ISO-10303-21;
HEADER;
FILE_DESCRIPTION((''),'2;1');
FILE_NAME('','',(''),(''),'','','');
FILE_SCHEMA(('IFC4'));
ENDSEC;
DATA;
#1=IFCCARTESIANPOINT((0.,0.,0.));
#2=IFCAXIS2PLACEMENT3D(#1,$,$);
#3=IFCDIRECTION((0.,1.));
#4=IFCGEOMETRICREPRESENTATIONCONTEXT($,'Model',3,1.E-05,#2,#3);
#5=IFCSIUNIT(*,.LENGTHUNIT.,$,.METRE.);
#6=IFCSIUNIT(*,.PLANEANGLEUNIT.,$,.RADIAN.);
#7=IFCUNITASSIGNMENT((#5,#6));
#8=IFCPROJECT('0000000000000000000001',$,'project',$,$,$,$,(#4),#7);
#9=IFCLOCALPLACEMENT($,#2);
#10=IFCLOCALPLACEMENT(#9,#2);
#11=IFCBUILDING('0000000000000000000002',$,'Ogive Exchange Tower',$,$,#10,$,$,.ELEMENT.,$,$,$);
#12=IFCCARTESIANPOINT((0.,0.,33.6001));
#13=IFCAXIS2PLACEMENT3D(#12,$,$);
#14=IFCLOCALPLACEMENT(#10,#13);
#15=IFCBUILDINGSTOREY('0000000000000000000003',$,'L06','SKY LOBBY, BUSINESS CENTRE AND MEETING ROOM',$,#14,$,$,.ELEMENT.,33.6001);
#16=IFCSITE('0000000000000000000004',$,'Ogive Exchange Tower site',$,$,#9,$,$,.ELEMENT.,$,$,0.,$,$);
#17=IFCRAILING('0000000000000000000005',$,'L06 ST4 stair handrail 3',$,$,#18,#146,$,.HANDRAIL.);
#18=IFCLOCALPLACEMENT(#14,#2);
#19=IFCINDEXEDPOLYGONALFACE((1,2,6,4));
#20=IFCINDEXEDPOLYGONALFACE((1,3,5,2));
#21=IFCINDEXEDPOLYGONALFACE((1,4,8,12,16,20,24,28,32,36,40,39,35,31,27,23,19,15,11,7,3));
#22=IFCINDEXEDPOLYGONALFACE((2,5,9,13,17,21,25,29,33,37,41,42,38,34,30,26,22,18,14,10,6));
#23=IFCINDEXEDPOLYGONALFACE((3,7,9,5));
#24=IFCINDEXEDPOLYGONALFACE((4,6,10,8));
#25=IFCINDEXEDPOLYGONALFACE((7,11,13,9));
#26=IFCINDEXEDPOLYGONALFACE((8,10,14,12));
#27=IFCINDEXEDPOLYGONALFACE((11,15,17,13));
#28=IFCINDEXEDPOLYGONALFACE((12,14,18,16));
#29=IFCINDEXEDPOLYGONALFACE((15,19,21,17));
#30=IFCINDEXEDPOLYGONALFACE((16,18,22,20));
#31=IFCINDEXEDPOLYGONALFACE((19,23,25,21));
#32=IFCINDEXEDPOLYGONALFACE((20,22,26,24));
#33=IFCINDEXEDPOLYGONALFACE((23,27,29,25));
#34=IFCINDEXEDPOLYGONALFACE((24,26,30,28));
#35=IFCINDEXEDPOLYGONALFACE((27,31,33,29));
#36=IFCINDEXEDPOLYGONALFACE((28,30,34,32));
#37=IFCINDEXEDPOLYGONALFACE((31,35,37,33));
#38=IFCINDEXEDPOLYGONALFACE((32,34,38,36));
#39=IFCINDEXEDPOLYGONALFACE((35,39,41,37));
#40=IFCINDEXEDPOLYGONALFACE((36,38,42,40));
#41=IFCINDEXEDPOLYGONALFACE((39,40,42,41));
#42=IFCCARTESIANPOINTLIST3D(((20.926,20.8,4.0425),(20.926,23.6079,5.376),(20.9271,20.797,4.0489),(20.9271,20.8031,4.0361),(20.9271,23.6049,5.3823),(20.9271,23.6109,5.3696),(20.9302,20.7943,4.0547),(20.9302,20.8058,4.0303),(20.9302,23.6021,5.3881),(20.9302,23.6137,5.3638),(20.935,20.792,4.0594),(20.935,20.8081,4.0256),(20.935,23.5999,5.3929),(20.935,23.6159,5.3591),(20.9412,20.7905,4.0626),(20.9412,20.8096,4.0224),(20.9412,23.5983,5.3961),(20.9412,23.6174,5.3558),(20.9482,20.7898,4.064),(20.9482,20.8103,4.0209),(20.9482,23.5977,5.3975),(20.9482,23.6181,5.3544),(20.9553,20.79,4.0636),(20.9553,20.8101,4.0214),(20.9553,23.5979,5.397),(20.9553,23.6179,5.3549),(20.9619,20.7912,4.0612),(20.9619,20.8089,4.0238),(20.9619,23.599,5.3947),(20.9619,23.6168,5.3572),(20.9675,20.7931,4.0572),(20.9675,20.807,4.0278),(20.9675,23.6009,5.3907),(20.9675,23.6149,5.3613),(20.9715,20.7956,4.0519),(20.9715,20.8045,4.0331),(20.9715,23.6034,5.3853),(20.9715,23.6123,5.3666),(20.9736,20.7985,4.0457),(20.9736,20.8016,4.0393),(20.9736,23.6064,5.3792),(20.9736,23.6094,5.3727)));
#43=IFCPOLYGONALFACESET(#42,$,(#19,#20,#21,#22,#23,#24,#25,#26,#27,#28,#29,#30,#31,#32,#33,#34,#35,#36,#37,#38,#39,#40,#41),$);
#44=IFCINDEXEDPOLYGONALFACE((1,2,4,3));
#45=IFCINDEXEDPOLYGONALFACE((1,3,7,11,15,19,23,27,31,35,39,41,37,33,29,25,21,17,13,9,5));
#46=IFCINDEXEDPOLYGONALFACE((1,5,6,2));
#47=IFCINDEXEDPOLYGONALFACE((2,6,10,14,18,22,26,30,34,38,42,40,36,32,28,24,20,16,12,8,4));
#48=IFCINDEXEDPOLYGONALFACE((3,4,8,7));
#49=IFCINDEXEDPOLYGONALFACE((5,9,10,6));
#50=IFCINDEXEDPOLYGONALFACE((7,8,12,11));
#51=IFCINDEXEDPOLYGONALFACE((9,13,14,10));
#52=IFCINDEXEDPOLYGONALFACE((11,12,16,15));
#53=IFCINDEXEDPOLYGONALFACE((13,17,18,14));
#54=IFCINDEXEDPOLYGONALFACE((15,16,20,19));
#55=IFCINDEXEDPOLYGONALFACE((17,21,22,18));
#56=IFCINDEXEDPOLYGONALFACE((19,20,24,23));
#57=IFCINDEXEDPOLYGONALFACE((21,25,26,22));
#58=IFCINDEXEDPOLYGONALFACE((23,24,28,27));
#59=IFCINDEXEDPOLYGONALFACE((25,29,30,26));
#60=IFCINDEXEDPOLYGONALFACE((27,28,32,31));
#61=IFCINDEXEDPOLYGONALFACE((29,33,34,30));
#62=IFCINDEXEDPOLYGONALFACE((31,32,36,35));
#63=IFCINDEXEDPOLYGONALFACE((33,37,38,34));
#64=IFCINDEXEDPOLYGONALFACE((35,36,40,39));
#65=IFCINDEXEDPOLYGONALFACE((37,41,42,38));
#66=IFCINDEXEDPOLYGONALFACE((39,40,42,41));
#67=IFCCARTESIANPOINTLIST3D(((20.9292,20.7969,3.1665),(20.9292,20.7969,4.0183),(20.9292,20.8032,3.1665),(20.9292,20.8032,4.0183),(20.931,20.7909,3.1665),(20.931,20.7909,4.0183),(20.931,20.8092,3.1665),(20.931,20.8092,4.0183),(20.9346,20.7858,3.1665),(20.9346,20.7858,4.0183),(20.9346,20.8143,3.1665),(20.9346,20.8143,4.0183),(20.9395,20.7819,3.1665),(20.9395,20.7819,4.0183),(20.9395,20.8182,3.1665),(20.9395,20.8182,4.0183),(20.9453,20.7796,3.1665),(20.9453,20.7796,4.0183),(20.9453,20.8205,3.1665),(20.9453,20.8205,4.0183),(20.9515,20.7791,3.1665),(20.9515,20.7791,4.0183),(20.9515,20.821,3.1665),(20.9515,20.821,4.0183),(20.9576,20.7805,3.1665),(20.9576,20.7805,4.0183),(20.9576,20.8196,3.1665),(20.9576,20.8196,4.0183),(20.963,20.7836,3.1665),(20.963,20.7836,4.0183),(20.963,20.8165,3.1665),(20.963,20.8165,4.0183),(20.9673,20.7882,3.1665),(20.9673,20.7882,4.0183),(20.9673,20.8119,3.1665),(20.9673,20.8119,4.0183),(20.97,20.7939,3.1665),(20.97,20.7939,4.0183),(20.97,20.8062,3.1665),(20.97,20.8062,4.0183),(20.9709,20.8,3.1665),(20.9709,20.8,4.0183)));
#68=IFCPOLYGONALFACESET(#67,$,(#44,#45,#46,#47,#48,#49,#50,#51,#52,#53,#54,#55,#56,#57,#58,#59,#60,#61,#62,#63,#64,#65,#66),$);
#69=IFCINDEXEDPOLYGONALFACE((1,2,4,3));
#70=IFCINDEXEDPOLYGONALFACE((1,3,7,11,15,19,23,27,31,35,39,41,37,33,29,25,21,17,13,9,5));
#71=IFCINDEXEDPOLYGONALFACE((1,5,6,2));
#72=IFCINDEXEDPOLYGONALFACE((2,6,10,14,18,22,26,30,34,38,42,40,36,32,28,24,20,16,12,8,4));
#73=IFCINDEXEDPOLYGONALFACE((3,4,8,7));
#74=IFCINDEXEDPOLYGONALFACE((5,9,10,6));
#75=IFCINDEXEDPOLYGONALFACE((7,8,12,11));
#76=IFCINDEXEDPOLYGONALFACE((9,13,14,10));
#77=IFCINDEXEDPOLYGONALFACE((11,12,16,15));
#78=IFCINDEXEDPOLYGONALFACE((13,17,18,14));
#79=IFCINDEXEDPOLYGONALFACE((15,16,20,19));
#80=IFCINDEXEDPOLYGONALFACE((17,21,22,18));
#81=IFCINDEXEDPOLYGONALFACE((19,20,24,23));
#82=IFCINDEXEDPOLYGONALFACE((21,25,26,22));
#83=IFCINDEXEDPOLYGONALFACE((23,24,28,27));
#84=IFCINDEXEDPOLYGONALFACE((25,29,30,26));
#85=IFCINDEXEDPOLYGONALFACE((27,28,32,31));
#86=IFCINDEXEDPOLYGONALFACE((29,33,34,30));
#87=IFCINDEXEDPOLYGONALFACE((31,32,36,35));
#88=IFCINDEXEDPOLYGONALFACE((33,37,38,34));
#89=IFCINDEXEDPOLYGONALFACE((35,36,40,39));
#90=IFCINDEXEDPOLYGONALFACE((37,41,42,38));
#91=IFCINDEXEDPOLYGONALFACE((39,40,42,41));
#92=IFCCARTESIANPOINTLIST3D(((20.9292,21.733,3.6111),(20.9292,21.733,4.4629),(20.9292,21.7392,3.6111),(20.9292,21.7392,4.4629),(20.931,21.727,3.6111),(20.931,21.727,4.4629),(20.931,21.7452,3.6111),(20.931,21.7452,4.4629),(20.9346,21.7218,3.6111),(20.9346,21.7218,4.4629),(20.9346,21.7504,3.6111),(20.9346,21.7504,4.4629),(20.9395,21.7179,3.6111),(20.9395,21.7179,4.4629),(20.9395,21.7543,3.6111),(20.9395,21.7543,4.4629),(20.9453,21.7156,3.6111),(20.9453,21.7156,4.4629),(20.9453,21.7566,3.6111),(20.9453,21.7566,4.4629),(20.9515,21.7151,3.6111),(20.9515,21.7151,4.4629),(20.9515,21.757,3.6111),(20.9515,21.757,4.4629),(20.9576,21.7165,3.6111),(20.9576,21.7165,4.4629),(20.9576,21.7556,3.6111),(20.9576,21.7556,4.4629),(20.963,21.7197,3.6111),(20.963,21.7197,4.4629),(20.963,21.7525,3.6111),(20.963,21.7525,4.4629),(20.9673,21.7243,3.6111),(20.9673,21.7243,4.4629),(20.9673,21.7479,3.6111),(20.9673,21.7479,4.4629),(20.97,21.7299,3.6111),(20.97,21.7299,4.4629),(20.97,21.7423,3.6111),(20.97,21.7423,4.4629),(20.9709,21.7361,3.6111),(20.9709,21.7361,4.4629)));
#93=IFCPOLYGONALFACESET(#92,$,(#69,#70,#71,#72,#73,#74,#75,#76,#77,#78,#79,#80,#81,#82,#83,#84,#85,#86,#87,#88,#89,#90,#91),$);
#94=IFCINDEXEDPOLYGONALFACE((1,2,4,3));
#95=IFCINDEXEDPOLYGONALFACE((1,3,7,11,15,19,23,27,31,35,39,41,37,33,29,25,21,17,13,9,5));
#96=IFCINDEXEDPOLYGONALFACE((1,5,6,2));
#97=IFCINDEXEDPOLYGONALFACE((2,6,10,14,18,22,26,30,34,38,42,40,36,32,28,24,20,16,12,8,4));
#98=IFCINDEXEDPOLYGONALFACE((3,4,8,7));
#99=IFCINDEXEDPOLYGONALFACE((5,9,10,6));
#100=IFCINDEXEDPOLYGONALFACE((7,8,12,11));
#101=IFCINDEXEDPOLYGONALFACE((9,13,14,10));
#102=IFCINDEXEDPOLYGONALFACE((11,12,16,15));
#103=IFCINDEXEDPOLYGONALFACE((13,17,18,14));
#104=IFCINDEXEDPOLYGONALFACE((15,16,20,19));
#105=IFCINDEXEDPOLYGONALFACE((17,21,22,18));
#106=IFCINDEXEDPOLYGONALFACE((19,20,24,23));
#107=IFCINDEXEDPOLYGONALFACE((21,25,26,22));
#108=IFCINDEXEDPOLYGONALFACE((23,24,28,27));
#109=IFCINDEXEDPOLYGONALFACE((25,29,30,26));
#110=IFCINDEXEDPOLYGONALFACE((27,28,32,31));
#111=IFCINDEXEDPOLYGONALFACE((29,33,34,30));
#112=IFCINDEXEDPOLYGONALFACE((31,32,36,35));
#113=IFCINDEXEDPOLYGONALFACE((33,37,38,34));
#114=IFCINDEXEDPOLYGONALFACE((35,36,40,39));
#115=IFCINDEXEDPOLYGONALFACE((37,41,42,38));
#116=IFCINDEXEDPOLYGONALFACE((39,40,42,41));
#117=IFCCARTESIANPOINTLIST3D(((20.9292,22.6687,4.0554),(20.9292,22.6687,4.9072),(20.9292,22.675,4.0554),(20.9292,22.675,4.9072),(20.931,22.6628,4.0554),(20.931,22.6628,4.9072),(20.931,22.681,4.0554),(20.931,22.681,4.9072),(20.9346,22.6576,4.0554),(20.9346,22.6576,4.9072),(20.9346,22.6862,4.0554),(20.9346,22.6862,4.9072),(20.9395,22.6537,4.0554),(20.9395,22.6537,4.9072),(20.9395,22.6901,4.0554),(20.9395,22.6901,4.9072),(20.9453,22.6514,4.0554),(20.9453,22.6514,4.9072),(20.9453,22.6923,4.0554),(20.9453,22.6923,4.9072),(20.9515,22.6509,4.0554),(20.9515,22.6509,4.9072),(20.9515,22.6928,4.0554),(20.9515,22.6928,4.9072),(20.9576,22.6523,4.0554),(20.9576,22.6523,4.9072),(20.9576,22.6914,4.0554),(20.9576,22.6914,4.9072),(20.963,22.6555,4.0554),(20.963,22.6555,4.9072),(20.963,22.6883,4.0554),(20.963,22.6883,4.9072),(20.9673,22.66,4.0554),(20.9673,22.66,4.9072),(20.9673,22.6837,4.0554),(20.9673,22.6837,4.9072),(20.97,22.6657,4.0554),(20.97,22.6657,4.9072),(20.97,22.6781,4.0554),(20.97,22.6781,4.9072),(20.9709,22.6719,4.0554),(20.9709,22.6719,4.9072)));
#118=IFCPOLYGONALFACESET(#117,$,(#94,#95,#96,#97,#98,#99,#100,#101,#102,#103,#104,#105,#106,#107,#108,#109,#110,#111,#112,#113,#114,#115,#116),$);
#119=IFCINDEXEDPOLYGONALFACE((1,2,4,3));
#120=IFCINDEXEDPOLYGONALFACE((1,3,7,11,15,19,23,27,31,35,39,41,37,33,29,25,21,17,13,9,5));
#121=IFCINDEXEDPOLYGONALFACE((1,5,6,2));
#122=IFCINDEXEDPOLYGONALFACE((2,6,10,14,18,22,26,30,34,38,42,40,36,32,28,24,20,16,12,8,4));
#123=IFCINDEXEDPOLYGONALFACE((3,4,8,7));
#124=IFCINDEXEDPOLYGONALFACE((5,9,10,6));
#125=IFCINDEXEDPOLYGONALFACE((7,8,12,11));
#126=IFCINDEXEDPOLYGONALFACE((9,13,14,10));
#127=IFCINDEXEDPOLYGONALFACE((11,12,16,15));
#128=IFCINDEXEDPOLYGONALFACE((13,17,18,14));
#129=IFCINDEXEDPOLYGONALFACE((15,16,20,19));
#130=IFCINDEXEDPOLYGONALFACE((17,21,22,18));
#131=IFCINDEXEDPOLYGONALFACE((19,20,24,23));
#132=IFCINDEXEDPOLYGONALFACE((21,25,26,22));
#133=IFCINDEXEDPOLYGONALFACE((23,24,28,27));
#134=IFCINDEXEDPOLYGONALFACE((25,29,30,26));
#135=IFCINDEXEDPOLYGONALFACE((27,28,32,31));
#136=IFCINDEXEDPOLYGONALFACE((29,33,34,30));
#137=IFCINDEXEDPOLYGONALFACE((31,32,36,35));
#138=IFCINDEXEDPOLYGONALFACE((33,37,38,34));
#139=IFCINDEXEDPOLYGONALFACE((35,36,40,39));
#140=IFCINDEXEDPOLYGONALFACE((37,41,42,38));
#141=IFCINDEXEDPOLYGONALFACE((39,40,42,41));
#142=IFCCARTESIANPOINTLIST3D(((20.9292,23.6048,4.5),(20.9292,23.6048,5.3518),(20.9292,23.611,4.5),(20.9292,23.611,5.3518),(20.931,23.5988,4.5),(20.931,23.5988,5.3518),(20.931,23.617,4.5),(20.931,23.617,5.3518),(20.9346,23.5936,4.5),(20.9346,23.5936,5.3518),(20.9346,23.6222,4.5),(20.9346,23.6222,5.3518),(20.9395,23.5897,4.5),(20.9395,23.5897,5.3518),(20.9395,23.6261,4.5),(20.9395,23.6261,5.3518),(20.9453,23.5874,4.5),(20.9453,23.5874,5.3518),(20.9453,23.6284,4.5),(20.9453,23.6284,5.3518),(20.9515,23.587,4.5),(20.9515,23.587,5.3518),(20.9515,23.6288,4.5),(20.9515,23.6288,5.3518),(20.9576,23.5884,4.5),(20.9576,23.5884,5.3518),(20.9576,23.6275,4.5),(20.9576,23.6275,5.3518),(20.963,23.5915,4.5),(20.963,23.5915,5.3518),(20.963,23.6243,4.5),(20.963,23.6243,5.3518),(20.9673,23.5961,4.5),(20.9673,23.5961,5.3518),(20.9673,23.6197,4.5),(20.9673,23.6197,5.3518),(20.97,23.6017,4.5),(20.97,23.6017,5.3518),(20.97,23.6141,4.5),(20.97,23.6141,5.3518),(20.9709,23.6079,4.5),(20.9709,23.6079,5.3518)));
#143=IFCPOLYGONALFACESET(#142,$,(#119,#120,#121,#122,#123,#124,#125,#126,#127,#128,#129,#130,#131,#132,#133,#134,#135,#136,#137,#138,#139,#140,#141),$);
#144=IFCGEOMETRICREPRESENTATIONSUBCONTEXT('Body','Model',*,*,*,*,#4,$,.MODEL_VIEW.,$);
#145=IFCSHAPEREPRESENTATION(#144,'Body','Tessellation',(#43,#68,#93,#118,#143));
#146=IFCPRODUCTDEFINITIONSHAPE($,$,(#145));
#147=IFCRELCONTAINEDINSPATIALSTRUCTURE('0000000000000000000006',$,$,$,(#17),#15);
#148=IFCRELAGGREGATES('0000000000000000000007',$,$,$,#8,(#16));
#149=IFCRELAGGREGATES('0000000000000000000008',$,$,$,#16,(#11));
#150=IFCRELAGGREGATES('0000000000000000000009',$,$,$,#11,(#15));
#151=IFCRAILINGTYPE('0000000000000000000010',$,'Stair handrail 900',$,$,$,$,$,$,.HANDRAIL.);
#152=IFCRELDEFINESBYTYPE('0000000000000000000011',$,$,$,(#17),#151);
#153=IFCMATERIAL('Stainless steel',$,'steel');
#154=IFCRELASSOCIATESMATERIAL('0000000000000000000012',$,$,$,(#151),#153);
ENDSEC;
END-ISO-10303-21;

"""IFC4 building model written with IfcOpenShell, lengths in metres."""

from ifc_helpers import new_model, si_unit, direction, frame, origin, origin_2d, place, context, subcontext, project, spatial, circle, extrude, material, type_object, element, save


model = new_model("IFC4")

# Units and contexts
model_context = context("Model", 3, precision=1e-05, world=origin(), true_north=direction((0.0, 1.0)))
body_context = subcontext(model_context, "Body", "Model", "MODEL_VIEW")
ifc_project = project(units=[si_unit("LENGTHUNIT", "METRE"), si_unit("PLANEANGLEUNIT", "RADIAN")], contexts=[model_context])

# Site, building, storey
site_placement = place(None, origin())
site = spatial("IfcSite", under=ifc_project, at=site_placement, Name="Ogive Exchange Tower site", CompositionType="ELEMENT", RefElevation=0.0)
building_placement = place(site_placement, origin())
building = spatial("IfcBuilding", under=site, at=building_placement, Name="Ogive Exchange Tower", CompositionType="ELEMENT")
storey_placement = place(building_placement, frame((0.0, 0.0, 33.6001)))
storey = spatial("IfcBuildingStorey", under=building, at=storey_placement, Name="L06", Description="SKY LOBBY, BUSINESS CENTRE AND MEETING ROOM", CompositionType="ELEMENT", Elevation=33.6001)

# Shared definitions
ifc_material_1 = material(Name="Stainless steel", Category="steel")

# Railing
railing_type = type_object("IfcRailingType", Name="Stair handrail 900", PredefinedType="HANDRAIL", material=ifc_material_1)
railing_1_placement = place(storey_placement, frame((20.95, 20.8, 3.1665)))
element("IfcRailing", 1, at=railing_1_placement, inside=storey, type_object=railing_type, Name="L06 ST4 stair handrail 3", PredefinedType="HANDRAIL", context=body_context, shape_type="SweptSolid", body=[
    extrude(circle(Radius=0.0239, at=origin_2d()), frame((0.0, 0.0, 0.876), z_axis=(0.0, 0.903307, 0.428994), x_axis=(-1.0, 0.0, 0.0)), (0.0, 0.0, 1.0), 3.1084),
    extrude(circle(Radius=0.021, at=origin_2d()), origin(), (0.0, 0.0, 1.0), 0.8518),
    extrude(circle(Radius=0.021, at=origin_2d()), frame((0.0, 0.936, 0.4446)), (0.0, 0.0, 1.0), 0.8518),
    extrude(circle(Radius=0.021, at=origin_2d()), frame((0.0, 1.8718, 0.8889)), (0.0, 0.0, 1.0), 0.8518),
    extrude(circle(Radius=0.021, at=origin_2d()), frame((0.0, 2.8079, 1.3335)), (0.0, 0.0, 1.0), 0.8518),
])

save(model, "model.ifc")
